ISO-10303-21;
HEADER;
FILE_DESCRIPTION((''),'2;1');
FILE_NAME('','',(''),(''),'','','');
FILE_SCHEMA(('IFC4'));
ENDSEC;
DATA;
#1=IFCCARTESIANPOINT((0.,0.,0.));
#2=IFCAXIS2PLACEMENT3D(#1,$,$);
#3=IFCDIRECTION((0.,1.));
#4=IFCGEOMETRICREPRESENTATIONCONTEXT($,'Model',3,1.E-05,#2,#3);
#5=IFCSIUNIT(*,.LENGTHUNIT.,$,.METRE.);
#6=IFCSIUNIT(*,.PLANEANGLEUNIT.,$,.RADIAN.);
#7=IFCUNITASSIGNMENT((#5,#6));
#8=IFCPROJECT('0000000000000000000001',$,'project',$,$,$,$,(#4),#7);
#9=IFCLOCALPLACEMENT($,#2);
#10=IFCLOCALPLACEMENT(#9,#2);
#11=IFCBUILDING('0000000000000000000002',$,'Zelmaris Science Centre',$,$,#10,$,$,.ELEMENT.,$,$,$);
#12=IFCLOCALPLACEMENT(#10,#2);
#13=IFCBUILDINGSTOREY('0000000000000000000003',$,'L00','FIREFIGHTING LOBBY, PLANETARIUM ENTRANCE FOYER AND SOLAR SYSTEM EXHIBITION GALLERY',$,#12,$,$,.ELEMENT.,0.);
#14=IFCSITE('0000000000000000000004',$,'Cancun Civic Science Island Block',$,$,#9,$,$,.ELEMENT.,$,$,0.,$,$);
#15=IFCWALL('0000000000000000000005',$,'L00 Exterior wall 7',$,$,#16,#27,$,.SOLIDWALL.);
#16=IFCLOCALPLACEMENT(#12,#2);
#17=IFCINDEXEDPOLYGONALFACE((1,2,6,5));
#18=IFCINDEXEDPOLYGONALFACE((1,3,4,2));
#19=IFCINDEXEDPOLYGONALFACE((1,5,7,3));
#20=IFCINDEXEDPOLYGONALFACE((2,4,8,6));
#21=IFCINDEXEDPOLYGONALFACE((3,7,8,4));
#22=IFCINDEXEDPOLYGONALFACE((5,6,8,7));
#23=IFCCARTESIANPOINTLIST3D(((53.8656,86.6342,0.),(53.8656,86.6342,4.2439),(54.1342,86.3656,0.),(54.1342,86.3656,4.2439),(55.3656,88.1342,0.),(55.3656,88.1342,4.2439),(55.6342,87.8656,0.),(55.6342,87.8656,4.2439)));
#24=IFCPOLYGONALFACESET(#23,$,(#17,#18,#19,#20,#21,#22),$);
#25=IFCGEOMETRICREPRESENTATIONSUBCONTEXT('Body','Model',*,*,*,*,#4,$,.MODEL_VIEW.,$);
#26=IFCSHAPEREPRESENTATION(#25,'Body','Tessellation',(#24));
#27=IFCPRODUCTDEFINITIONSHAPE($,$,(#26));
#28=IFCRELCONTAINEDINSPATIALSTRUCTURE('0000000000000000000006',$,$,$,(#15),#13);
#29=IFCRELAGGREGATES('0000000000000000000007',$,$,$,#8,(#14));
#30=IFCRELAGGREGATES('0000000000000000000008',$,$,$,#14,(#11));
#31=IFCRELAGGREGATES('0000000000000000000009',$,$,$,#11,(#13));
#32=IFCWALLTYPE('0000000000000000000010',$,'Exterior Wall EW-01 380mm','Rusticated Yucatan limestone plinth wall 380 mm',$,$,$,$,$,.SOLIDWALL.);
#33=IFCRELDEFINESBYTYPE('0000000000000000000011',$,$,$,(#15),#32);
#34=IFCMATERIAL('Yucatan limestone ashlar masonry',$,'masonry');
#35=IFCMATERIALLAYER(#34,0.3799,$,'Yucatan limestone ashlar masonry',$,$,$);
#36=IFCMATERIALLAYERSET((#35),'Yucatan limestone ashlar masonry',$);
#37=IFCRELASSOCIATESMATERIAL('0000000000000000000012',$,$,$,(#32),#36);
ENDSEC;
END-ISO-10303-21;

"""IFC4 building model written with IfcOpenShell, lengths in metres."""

from ifc_helpers import new_model, si_unit, direction, frame, frame_2d, origin, place, context, subcontext, project, spatial, rectangle, extrude, material, layer, layer_set, type_object, element, save


model = new_model("IFC4")

# Units and contexts
model_context = context("Model", 3, precision=1e-05, world=origin(), true_north=direction((0.0, 1.0)))
body_context = subcontext(model_context, "Body", "Model", "MODEL_VIEW")
ifc_project = project(units=[si_unit("LENGTHUNIT", "METRE"), si_unit("PLANEANGLEUNIT", "RADIAN")], contexts=[model_context])

# Site, building, storey
site_placement = place(None, origin())
site = spatial("IfcSite", under=ifc_project, at=site_placement, Name="Cancun Civic Science Island Block", CompositionType="ELEMENT", RefElevation=0.0)
building_placement = place(site_placement, origin())
building = spatial("IfcBuilding", under=site, at=building_placement, Name="Zelmaris Science Centre", CompositionType="ELEMENT")
storey_placement = place(building_placement, origin())
storey = spatial("IfcBuildingStorey", under=building, at=storey_placement, Name="L00", Description="FIREFIGHTING LOBBY, PLANETARIUM ENTRANCE FOYER AND SOLAR SYSTEM EXHIBITION GALLERY", CompositionType="ELEMENT", Elevation=0.0)

# Wall
ifc_material_1 = material(Name="Yucatan limestone ashlar masonry", Category="masonry")
ifc_layer_1 = layer(ifc_material_1, 0.3799, Name="Yucatan limestone ashlar masonry")
ifc_layer_set_1 = layer_set([ifc_layer_1], Name="Yucatan limestone ashlar masonry")
wall_type = type_object("IfcWallType", Name="Exterior Wall EW-01 380mm", Description="Rusticated Yucatan limestone plinth wall 380 mm", PredefinedType="SOLIDWALL", material=ifc_layer_set_1)
wall_placement = place(storey_placement, frame((54.0, 86.5, 0.0), z_axis=(0.0, 0.0, 1.0), x_axis=(0.707107, 0.707107, 0.0)))
element("IfcWall", 1, at=wall_placement, inside=storey, type_object=wall_type, Name="L00 Exterior wall 7", PredefinedType="SOLIDWALL", context=body_context, shape_type="SweptSolid", body=[
    extrude(rectangle(XDim=2.1213, YDim=0.3799, at=frame_2d((1.0605, 0.0))), origin(), (0.0, 0.0, 1.0), 4.2439),
])

save(model, "model.ifc")
